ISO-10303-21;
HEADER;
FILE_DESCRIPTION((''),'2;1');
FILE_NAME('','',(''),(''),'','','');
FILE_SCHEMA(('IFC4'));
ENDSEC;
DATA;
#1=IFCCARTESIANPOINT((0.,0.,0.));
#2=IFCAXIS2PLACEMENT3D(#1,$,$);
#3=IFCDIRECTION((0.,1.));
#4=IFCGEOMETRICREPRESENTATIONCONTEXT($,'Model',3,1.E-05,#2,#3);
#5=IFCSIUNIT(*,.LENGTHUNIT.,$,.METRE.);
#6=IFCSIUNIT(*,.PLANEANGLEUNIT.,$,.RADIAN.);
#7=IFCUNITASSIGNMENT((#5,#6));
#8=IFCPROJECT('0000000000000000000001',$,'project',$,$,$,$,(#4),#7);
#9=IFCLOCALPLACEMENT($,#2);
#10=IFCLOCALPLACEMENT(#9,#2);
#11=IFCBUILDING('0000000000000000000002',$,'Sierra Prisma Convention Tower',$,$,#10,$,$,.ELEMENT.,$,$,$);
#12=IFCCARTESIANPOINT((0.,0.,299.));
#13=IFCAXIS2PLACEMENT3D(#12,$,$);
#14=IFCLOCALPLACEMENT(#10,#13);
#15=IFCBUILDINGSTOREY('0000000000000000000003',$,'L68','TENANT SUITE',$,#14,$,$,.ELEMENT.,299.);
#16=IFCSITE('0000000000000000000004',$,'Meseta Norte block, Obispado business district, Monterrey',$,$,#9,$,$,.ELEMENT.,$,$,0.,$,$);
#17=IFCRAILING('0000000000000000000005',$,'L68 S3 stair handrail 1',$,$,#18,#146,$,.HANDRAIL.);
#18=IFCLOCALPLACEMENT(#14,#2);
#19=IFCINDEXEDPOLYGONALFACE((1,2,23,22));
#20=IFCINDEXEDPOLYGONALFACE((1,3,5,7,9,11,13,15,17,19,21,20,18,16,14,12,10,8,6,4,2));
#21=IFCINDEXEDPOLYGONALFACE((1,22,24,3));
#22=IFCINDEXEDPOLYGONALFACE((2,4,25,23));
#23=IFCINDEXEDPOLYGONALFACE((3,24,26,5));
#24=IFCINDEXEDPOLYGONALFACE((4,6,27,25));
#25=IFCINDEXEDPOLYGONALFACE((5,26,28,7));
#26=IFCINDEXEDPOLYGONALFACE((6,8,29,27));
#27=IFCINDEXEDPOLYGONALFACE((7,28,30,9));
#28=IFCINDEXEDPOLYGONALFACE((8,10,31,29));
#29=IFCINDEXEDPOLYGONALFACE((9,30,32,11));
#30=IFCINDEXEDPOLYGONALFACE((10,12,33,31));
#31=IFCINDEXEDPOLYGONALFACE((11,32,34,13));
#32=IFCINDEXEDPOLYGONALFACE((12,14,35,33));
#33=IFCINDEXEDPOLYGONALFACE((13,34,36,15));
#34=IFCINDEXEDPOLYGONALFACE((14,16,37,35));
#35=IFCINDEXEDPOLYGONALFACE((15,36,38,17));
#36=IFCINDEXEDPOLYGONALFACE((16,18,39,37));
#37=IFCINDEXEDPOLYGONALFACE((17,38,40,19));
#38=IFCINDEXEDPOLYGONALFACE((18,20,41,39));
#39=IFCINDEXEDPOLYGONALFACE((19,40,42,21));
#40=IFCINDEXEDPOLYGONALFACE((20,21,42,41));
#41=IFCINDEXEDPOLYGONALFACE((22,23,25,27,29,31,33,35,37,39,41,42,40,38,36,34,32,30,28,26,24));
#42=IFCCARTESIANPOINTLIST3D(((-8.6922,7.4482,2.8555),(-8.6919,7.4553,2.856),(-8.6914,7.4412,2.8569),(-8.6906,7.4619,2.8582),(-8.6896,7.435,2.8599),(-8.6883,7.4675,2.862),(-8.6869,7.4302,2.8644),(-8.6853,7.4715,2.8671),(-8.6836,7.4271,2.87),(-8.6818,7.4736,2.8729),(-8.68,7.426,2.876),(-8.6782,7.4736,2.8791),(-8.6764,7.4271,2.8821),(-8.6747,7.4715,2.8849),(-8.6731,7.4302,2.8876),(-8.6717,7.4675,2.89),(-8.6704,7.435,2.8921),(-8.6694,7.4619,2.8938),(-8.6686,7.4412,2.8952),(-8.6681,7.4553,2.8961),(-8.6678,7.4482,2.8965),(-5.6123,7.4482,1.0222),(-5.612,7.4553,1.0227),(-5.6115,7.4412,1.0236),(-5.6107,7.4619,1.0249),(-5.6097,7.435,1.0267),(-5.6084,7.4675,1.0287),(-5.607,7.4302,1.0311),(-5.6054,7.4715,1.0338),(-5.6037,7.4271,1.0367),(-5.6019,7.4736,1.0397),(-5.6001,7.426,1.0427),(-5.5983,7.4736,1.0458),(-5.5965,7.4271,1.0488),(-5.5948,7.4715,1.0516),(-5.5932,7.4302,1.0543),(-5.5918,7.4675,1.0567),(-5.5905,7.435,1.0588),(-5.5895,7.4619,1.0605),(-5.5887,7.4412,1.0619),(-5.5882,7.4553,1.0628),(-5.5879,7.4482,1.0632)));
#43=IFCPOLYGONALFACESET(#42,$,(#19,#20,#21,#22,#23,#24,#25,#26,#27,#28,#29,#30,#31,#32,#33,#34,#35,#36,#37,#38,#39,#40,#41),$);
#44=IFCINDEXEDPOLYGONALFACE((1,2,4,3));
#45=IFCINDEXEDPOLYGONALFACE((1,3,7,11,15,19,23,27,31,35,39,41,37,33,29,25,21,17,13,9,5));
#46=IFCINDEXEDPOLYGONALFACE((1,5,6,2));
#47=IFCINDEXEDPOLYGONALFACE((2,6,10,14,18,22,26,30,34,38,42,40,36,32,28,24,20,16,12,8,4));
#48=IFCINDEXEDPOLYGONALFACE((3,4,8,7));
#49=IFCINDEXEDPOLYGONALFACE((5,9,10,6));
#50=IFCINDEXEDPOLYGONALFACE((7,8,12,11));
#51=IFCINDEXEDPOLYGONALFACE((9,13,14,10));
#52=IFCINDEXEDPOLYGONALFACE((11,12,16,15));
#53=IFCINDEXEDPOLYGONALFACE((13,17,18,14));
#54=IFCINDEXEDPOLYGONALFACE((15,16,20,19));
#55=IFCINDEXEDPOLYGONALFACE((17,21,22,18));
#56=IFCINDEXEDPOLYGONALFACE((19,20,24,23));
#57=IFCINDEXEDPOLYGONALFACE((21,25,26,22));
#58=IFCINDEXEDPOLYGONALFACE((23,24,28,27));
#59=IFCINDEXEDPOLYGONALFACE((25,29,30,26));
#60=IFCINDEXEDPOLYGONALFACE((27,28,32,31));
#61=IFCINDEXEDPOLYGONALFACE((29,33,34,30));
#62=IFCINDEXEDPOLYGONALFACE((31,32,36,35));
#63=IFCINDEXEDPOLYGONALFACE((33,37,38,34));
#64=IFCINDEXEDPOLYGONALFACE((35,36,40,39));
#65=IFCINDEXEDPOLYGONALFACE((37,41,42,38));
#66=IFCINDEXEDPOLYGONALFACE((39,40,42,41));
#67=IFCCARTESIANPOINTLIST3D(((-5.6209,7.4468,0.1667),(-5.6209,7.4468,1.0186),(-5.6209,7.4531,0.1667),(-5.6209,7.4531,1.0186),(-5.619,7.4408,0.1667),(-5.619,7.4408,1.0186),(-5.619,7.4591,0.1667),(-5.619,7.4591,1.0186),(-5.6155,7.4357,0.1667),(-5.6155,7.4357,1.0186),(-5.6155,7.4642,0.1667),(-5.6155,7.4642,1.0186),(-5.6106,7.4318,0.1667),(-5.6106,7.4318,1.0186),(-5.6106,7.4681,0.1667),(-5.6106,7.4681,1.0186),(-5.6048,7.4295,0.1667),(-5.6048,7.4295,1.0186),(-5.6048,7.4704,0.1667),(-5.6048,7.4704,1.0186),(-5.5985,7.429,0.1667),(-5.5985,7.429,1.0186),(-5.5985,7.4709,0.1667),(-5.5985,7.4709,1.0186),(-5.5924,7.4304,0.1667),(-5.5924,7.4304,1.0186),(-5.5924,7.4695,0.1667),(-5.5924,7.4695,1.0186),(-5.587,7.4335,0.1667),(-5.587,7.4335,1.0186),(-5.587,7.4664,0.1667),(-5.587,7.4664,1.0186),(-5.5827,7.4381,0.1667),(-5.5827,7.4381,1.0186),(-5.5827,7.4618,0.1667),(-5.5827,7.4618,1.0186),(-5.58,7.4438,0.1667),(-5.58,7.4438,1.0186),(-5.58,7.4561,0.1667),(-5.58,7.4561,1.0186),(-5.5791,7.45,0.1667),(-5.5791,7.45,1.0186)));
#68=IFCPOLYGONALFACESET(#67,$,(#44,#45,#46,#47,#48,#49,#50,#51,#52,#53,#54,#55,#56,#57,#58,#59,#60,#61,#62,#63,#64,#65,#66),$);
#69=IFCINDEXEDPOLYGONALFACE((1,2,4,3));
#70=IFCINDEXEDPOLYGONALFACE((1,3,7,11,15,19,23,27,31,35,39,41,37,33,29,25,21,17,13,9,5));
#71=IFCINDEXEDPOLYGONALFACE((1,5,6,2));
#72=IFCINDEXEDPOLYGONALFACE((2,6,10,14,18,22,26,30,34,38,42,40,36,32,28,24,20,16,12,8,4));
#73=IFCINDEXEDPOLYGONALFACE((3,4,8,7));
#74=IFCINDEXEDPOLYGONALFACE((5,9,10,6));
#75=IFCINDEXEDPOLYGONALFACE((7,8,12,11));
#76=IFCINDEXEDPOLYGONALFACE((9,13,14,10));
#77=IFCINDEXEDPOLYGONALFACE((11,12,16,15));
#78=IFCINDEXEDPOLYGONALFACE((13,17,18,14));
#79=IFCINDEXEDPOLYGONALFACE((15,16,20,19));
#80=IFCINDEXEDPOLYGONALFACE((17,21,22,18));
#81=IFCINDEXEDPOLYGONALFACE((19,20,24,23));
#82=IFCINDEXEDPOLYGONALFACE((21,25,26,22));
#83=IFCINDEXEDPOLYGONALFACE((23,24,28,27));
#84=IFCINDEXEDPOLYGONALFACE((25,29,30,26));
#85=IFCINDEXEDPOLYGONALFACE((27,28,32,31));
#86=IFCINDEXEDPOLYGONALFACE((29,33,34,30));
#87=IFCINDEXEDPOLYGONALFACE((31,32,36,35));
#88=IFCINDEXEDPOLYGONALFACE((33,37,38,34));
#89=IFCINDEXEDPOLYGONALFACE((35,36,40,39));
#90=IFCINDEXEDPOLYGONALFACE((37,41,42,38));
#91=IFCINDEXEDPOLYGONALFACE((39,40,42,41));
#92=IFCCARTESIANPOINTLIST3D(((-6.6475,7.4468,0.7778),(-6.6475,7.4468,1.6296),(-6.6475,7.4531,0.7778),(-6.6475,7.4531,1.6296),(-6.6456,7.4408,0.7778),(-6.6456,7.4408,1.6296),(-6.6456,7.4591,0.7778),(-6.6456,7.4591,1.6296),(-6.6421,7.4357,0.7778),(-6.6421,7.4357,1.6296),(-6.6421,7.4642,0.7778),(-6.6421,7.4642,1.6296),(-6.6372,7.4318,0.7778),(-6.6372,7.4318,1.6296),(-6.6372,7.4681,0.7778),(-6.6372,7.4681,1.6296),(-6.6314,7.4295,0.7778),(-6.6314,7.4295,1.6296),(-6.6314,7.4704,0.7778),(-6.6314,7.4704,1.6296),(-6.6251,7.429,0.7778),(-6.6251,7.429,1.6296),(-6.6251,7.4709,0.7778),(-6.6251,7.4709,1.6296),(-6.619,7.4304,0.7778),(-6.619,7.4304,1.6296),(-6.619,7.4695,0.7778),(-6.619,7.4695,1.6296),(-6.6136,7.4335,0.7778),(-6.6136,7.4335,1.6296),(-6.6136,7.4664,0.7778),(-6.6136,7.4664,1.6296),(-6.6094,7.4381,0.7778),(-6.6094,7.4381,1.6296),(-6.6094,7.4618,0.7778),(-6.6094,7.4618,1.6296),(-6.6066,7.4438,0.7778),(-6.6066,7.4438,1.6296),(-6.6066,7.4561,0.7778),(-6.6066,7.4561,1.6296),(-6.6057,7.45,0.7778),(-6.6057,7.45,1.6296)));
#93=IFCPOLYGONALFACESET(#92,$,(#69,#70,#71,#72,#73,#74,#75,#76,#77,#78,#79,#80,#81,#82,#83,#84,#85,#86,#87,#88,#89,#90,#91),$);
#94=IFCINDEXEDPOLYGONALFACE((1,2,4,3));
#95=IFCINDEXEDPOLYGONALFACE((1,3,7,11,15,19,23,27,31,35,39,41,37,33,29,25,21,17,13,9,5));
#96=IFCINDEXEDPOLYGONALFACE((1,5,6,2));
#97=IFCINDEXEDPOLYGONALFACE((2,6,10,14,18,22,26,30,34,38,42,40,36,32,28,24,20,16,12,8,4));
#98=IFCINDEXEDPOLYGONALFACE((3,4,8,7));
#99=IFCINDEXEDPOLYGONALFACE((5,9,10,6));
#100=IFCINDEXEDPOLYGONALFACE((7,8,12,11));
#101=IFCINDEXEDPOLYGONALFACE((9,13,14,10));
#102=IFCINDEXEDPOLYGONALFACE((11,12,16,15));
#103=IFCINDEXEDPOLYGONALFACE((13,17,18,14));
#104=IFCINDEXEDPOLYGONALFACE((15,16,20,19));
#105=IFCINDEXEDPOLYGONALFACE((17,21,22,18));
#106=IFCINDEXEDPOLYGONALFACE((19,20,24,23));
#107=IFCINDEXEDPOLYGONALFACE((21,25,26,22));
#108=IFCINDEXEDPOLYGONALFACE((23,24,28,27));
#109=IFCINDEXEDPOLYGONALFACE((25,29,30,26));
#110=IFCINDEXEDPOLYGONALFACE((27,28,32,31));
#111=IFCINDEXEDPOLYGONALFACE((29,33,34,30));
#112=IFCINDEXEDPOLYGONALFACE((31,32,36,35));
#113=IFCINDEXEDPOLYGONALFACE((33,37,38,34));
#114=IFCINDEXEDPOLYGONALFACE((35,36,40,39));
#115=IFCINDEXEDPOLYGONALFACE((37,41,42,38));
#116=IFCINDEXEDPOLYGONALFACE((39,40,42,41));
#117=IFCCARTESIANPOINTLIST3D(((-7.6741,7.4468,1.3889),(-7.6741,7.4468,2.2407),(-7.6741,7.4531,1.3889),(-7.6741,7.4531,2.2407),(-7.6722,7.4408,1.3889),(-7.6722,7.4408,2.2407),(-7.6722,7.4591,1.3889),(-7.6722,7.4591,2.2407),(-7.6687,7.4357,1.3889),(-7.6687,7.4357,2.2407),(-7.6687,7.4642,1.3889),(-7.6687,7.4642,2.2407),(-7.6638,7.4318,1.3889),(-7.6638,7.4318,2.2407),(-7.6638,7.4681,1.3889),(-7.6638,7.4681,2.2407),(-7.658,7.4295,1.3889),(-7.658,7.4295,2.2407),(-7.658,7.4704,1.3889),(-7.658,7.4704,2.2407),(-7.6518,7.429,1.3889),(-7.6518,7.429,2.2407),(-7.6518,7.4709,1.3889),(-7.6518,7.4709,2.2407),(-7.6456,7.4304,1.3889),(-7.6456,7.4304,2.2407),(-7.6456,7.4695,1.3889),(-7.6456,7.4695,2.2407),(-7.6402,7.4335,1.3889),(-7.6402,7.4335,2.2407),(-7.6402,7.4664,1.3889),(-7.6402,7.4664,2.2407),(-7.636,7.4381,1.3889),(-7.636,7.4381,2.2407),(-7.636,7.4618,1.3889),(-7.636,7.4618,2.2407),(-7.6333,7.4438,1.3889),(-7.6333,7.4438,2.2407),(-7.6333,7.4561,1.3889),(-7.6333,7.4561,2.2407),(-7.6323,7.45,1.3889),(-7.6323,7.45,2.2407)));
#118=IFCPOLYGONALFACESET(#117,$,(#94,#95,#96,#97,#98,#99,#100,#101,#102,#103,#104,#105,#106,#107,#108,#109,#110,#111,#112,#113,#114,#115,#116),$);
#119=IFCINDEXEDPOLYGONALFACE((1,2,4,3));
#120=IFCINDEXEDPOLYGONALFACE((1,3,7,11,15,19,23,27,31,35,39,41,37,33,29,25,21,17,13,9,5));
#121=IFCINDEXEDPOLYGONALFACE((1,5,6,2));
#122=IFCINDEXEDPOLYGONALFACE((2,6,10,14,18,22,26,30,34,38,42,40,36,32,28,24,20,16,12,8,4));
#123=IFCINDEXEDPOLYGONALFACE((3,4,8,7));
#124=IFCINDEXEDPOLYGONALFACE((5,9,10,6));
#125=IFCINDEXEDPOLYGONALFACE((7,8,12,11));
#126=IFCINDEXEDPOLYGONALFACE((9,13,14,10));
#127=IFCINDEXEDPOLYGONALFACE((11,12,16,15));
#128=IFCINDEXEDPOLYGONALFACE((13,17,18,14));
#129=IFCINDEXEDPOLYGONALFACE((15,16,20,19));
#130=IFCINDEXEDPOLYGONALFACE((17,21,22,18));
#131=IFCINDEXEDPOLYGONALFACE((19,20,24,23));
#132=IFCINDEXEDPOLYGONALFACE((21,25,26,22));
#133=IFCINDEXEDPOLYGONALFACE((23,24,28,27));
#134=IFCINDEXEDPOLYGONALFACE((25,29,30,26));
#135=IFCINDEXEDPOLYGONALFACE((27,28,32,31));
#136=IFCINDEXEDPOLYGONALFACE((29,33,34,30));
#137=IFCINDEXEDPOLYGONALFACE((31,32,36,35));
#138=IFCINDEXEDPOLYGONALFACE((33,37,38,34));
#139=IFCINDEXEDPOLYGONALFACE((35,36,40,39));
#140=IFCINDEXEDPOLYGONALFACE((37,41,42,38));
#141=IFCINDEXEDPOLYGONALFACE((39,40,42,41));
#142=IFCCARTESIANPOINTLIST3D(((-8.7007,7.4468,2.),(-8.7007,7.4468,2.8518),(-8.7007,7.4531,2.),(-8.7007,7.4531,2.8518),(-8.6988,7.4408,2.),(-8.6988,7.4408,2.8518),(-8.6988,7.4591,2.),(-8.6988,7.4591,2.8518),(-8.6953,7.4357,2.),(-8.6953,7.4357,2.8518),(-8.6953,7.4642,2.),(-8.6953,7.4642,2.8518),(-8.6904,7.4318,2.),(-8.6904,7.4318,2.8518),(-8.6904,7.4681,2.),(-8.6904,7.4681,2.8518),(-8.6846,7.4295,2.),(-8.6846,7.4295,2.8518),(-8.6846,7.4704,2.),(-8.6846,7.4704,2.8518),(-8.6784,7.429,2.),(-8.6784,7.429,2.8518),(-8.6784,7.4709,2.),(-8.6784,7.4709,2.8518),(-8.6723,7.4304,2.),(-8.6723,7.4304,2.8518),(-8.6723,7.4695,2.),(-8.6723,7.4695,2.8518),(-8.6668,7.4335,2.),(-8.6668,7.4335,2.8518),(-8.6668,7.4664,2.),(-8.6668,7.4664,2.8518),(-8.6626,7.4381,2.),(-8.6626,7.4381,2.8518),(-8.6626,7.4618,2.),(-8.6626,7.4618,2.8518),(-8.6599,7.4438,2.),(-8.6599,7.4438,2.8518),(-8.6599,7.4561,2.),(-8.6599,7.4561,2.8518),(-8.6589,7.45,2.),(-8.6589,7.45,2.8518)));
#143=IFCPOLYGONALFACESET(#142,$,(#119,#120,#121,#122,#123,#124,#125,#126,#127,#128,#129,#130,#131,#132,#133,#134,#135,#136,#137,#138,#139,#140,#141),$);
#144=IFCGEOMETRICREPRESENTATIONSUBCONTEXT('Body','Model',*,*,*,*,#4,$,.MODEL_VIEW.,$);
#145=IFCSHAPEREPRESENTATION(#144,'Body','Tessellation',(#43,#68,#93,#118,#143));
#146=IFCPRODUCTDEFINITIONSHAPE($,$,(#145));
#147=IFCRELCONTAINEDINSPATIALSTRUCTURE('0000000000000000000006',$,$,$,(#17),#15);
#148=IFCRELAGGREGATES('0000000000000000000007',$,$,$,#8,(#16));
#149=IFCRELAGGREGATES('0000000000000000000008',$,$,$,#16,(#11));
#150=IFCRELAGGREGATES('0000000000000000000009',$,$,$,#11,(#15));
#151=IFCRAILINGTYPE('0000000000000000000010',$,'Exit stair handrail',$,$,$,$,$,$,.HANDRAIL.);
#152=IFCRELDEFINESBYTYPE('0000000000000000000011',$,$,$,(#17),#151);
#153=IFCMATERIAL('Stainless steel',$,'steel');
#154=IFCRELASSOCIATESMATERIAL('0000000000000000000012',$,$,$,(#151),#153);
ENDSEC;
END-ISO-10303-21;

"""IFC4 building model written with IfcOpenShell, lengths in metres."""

from ifc_helpers import new_model, si_unit, direction, frame, origin, origin_2d, place, context, subcontext, project, spatial, circle, extrude, material, type_object, element, save


model = new_model("IFC4")

# Units and contexts
model_context = context("Model", 3, precision=1e-05, world=origin(), true_north=direction((0.0, 1.0)))
body_context = subcontext(model_context, "Body", "Model", "MODEL_VIEW")
ifc_project = project(units=[si_unit("LENGTHUNIT", "METRE"), si_unit("PLANEANGLEUNIT", "RADIAN")], contexts=[model_context])

# Site, building, storey
site_placement = place(None, origin())
site = spatial("IfcSite", under=ifc_project, at=site_placement, Name="Meseta Norte block, Obispado business district, Monterrey", CompositionType="ELEMENT", RefElevation=0.0)
building_placement = place(site_placement, origin())
building = spatial("IfcBuilding", under=site, at=building_placement, Name="Sierra Prisma Convention Tower", CompositionType="ELEMENT")
storey_placement = place(building_placement, frame((0.0, 0.0, 299.0)))
storey = spatial("IfcBuildingStorey", under=building, at=storey_placement, Name="L68", Description="TENANT SUITE", CompositionType="ELEMENT", Elevation=299.0)

# Railing
ifc_material_1 = material(Name="Stainless steel", Category="steel")
railing_type_1 = type_object("IfcRailingType", Name="Exit stair handrail", PredefinedType="HANDRAIL", material=ifc_material_1)
railing_1_placement = place(storey_placement, frame((-5.6001, 7.45, 0.1667)))
element("IfcRailing", 1, at=railing_1_placement, inside=storey, type_object=railing_type_1, Name="L68 S3 stair handrail 1", PredefinedType="HANDRAIL", context=body_context, shape_type="SweptSolid", body=[
    extrude(circle(Radius=0.0239, at=origin_2d()), frame((0.0, 0.0, 0.876), z_axis=(-0.859291, 0.0, 0.511487), x_axis=(0.0, -1.0, 0.0)), (0.0, 0.0, 1.0), 3.5842),
    extrude(circle(Radius=0.021, at=origin_2d()), origin(), (0.0, 0.0, 1.0), 0.8518),
    extrude(circle(Radius=0.021, at=origin_2d()), frame((-1.0266, 0.0, 0.6111)), (0.0, 0.0, 1.0), 0.8518),
    extrude(circle(Radius=0.021, at=origin_2d()), frame((-2.0532, 0.0, 1.2222)), (0.0, 0.0, 1.0), 0.8518),
    extrude(circle(Radius=0.021, at=origin_2d()), frame((-3.0798, 0.0, 1.8333)), (0.0, 0.0, 1.0), 0.8518),
])

save(model, "model.ifc")
